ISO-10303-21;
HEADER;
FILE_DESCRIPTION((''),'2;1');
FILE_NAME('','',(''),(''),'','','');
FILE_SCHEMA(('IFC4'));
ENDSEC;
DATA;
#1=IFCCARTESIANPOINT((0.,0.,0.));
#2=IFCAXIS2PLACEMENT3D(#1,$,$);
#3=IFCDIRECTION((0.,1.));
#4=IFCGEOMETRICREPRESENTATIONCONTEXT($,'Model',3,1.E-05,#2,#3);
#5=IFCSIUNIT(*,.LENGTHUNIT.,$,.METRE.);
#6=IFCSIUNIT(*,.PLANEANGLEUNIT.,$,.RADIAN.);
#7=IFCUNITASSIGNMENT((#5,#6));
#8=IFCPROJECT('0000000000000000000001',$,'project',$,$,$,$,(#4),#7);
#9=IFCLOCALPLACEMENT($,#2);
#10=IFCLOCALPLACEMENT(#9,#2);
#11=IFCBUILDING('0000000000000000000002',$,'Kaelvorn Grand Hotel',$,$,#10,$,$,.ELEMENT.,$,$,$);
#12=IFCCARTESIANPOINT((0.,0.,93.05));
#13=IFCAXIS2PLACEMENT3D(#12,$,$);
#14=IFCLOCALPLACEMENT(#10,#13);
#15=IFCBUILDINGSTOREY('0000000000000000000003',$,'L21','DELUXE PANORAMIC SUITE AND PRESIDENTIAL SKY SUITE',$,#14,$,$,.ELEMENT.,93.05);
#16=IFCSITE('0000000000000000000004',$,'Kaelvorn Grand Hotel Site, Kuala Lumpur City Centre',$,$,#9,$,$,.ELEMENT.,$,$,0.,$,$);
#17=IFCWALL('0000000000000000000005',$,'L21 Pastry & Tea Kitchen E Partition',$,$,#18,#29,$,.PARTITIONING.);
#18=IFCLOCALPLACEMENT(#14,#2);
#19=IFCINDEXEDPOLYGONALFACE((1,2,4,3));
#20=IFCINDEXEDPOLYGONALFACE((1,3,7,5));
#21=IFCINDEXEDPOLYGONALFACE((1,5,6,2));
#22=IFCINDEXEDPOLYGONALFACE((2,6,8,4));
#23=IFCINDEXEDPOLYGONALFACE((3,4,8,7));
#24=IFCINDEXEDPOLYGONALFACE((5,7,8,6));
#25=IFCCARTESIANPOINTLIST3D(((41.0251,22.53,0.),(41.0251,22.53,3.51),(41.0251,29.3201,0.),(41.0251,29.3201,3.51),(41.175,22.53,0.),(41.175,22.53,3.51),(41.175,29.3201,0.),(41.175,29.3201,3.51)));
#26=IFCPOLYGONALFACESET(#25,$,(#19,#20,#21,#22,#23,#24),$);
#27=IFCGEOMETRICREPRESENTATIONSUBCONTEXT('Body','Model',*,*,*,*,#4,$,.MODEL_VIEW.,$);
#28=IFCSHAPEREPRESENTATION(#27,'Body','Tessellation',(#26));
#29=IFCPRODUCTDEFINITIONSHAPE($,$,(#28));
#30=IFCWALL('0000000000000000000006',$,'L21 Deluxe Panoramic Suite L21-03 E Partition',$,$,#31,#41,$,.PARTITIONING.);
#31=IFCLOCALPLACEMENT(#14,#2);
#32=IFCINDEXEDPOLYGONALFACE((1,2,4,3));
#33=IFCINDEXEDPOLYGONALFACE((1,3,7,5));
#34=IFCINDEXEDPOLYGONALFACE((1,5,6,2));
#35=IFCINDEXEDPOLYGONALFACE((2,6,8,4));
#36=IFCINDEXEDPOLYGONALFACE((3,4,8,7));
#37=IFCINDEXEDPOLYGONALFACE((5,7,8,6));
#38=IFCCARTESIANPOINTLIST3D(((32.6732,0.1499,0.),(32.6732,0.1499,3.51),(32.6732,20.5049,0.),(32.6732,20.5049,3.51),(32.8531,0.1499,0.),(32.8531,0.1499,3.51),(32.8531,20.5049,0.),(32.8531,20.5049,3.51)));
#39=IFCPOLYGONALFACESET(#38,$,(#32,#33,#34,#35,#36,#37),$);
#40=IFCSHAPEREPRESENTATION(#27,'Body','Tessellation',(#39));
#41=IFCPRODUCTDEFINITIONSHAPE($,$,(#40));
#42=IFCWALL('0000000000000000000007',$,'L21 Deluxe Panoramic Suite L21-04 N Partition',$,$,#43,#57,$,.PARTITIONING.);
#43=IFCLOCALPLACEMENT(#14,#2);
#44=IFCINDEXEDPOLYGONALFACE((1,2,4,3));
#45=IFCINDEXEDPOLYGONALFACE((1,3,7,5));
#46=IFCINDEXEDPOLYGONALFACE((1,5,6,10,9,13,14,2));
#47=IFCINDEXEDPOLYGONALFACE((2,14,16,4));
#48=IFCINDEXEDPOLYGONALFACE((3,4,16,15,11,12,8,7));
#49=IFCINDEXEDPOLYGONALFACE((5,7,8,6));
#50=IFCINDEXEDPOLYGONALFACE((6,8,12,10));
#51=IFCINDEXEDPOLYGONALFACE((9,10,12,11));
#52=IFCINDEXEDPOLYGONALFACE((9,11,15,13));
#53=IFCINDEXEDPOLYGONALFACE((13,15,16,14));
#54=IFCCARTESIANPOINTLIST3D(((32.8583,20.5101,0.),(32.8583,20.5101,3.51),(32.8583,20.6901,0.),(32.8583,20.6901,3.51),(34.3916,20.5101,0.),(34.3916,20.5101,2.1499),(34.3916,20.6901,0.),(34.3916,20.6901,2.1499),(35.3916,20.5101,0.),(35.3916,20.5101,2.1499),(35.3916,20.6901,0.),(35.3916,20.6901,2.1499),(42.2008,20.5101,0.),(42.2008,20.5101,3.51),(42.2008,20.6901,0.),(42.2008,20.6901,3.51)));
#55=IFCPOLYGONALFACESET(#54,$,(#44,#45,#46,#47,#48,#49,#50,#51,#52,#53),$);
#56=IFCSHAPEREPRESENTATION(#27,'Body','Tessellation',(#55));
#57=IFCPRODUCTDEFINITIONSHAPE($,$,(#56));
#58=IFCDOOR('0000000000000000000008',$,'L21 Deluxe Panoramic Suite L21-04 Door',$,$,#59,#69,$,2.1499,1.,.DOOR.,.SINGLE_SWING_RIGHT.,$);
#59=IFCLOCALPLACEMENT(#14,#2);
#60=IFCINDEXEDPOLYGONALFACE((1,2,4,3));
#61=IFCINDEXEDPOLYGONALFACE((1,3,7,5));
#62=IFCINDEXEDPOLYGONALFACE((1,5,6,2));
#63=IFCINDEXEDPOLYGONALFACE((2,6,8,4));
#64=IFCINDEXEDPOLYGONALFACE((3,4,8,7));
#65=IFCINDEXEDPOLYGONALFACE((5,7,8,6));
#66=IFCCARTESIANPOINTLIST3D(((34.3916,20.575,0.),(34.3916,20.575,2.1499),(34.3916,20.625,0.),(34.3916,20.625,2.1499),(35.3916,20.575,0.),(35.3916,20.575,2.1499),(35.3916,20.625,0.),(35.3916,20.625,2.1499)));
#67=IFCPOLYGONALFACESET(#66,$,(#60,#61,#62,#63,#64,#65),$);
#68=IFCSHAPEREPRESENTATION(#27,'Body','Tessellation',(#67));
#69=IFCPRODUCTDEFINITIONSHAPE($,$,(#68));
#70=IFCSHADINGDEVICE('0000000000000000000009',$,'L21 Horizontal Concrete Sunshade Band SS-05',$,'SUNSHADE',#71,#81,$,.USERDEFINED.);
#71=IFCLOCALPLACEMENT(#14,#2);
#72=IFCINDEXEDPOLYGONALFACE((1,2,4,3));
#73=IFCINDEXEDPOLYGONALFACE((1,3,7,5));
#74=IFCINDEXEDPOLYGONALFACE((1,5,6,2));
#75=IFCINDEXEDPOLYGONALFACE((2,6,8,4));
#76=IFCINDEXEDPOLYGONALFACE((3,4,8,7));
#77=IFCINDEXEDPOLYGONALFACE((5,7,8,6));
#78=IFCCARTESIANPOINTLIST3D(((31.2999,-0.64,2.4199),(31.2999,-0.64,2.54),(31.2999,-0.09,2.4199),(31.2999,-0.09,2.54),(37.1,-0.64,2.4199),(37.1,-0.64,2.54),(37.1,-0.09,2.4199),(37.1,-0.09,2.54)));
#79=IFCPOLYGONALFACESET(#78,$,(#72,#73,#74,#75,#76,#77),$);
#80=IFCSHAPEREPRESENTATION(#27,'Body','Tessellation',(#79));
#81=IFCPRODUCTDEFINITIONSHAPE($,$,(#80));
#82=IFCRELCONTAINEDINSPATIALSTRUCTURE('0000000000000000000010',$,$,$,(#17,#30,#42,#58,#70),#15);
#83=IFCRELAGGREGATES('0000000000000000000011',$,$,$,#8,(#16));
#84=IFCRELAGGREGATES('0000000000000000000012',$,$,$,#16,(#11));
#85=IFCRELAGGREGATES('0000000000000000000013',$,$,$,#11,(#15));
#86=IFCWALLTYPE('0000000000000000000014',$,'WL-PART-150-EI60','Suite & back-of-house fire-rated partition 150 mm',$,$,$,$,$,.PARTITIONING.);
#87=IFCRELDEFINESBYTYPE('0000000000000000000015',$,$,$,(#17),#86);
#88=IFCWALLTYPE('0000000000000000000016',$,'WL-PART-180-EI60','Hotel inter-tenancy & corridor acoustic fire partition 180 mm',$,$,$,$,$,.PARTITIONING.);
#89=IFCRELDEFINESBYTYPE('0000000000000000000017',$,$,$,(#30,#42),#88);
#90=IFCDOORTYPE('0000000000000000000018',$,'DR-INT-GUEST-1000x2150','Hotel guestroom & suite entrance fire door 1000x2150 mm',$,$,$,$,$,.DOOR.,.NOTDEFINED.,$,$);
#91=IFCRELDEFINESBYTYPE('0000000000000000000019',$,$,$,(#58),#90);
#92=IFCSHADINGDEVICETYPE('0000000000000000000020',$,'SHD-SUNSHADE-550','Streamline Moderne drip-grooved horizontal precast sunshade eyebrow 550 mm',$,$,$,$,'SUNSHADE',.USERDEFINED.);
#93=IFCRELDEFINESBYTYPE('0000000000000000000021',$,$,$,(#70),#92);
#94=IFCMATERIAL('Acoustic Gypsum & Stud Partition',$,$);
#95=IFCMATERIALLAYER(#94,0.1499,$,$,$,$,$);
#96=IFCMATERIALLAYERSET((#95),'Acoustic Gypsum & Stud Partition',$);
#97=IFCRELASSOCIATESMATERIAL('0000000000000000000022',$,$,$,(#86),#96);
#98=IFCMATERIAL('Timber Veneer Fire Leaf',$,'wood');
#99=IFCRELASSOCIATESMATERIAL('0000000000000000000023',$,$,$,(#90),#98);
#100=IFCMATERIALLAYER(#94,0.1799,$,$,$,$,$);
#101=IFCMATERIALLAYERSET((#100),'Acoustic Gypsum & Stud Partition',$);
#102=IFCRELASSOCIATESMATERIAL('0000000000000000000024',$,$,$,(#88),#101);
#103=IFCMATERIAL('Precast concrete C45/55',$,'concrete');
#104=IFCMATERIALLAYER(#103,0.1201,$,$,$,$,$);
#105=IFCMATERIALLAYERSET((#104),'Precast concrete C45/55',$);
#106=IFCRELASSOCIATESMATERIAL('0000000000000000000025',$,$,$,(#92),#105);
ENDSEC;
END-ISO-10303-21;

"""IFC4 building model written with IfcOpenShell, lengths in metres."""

from ifc_helpers import new_model, si_unit, direction, frame, frame_2d, origin, origin_2d, place, context, subcontext, project, spatial, rectangle, extrude, material, layer, layer_set, type_object, element, fill, save


model = new_model("IFC4")

# Units and contexts
model_context = context("Model", 3, precision=1e-05, world=origin(), true_north=direction((0.0, 1.0)))
body_context = subcontext(model_context, "Body", "Model", "MODEL_VIEW")
ifc_project = project(units=[si_unit("LENGTHUNIT", "METRE"), si_unit("PLANEANGLEUNIT", "RADIAN")], contexts=[model_context])

# Site, building, storey
site_placement = place(None, origin())
site = spatial("IfcSite", under=ifc_project, at=site_placement, Name="Kaelvorn Grand Hotel Site, Kuala Lumpur City Centre", CompositionType="ELEMENT", RefElevation=0.0)
building_placement = place(site_placement, origin())
building = spatial("IfcBuilding", under=site, at=building_placement, Name="Kaelvorn Grand Hotel", CompositionType="ELEMENT")
storey_placement = place(building_placement, frame((0.0, 0.0, 93.05)))
storey = spatial("IfcBuildingStorey", under=building, at=storey_placement, Name="L21", Description="DELUXE PANORAMIC SUITE AND PRESIDENTIAL SKY SUITE", CompositionType="ELEMENT", Elevation=93.05)

# Shared definitions
ifc_material_1 = material(Name="Acoustic Gypsum & Stud Partition")
ifc_layer_1 = layer(ifc_material_1, 0.1499)
ifc_layer_set_1 = layer_set([ifc_layer_1], Name="Acoustic Gypsum & Stud Partition")
wall_type_1 = type_object("IfcWallType", Name="WL-PART-150-EI60", Description="Suite & back-of-house fire-rated partition 150 mm", PredefinedType="PARTITIONING", material=ifc_layer_set_1)
ifc_material_2 = material(Name="Timber Veneer Fire Leaf", Category="wood")
door_type_1 = type_object("IfcDoorType", Name="DR-INT-GUEST-1000x2150", Description="Hotel guestroom & suite entrance fire door 1000x2150 mm", OperationType="NOTDEFINED", PredefinedType="DOOR", material=ifc_material_2)

# Walls
wall_1_placement = place(storey_placement, frame((41.1001, 22.53, 0.0), z_axis=(0.0, 0.0, 1.0), x_axis=(0.0, 1.0, 0.0)))
element("IfcWall", 1, at=wall_1_placement, inside=storey, type_object=wall_type_1, Name="L21 Pastry & Tea Kitchen E Partition", PredefinedType="PARTITIONING", context=body_context, shape_type="SweptSolid", body=[
    extrude(rectangle(XDim=6.79, YDim=0.1499, at=frame_2d((3.395, 0.0))), origin(), (0.0, 0.0, 1.0), 3.51),
])
ifc_layer_2 = layer(ifc_material_1, 0.1799)
ifc_layer_set_2 = layer_set([ifc_layer_2], Name="Acoustic Gypsum & Stud Partition")
wall_type_2 = type_object("IfcWallType", Name="WL-PART-180-EI60", Description="Hotel inter-tenancy & corridor acoustic fire partition 180 mm", PredefinedType="PARTITIONING", material=ifc_layer_set_2)
wall_2_placement = place(storey_placement, frame((32.7632, 0.1499, 0.0), z_axis=(0.0, 0.0, 1.0), x_axis=(0.0, 1.0, 0.0)))
element("IfcWall", 2, at=wall_2_placement, inside=storey, type_object=wall_type_2, Name="L21 Deluxe Panoramic Suite L21-03 E Partition", PredefinedType="PARTITIONING", context=body_context, shape_type="SweptSolid", body=[
    extrude(rectangle(XDim=20.355, YDim=0.1799, at=frame_2d((10.1775, 0.0))), origin(), (0.0, 0.0, 1.0), 3.51),
])

# Wall, opening, door
wall_3_placement = place(storey_placement, frame((32.8582, 20.6001, 0.0), z_axis=(0.0, 0.0, 1.0), x_axis=(1.0, 0.0, 0.0)))
wall_3 = element("IfcWall", 3, at=wall_3_placement, inside=storey, type_object=wall_type_2, Name="L21 Deluxe Panoramic Suite L21-04 N Partition", PredefinedType="PARTITIONING", context=body_context, shape_type="SweptSolid", body=[
    extrude(rectangle(XDim=9.3425, YDim=0.1799, at=frame_2d((4.6714, 0.0))), origin(), (0.0, 0.0, 1.0), 3.51),
])
opening_1_placement = place(wall_3_placement, frame((1.5334, 0.0, 0.0)))
opening_1 = element("IfcOpeningElement", 4, at=opening_1_placement, cuts=wall_3, PredefinedType="OPENING", context=body_context, shape_type="SweptSolid", body=[
    extrude(rectangle(XDim=1.0, YDim=2.1499, at=frame_2d((0.5, 1.075))), frame((0.0, 0.1001, 0.0), z_axis=(0.0, -1.0, 0.0), x_axis=(1.0, 0.0, 0.0)), (0.0, 0.0, 1.0), 0.2),
])
door_1_placement = place(opening_1_placement, origin())
door_1 = element("IfcDoor", 5, at=door_1_placement, inside=storey, type_object=door_type_1, Name="L21 Deluxe Panoramic Suite L21-04 Door", OperationType="SINGLE_SWING_RIGHT", OverallHeight=2.1499, OverallWidth=1.0, PredefinedType="DOOR", context=body_context, shape_type="SweptSolid", body=[
    extrude(rectangle(XDim=1.0, YDim=2.1499, at=frame_2d((0.5, 1.075))), frame((0.0, 0.0249, 0.0), z_axis=(0.0, -1.0, 0.0), x_axis=(1.0, 0.0, 0.0)), (0.0, 0.0, 1.0), 0.05),
])
fill(opening_1, door_1)

# Shading device
ifc_material_3 = material(Name="Precast concrete C45/55", Category="concrete")
ifc_layer_3 = layer(ifc_material_3, 0.1201)
ifc_layer_set_3 = layer_set([ifc_layer_3], Name="Precast concrete C45/55")
shading_device_type = type_object("IfcShadingDeviceType", Name="SHD-SUNSHADE-550", Description="Streamline Moderne drip-grooved horizontal precast sunshade eyebrow 550 mm", ElementType="SUNSHADE", PredefinedType="USERDEFINED", material=ifc_layer_set_3)
shading_device_placement = place(storey_placement, frame((34.2, -0.365, 2.4199), z_axis=(0.0, 0.0, 1.0), x_axis=(1.0, 0.0, 0.0)))
element("IfcShadingDevice", 6, at=shading_device_placement, inside=storey, type_object=shading_device_type, Name="L21 Horizontal Concrete Sunshade Band SS-05", ObjectType="SUNSHADE", PredefinedType="USERDEFINED", context=body_context, shape_type="SweptSolid", body=[
    extrude(rectangle(XDim=5.8, YDim=0.55, at=origin_2d()), origin(), (0.0, 0.0, 1.0), 0.1201),
])

save(model, "model.ifc")
